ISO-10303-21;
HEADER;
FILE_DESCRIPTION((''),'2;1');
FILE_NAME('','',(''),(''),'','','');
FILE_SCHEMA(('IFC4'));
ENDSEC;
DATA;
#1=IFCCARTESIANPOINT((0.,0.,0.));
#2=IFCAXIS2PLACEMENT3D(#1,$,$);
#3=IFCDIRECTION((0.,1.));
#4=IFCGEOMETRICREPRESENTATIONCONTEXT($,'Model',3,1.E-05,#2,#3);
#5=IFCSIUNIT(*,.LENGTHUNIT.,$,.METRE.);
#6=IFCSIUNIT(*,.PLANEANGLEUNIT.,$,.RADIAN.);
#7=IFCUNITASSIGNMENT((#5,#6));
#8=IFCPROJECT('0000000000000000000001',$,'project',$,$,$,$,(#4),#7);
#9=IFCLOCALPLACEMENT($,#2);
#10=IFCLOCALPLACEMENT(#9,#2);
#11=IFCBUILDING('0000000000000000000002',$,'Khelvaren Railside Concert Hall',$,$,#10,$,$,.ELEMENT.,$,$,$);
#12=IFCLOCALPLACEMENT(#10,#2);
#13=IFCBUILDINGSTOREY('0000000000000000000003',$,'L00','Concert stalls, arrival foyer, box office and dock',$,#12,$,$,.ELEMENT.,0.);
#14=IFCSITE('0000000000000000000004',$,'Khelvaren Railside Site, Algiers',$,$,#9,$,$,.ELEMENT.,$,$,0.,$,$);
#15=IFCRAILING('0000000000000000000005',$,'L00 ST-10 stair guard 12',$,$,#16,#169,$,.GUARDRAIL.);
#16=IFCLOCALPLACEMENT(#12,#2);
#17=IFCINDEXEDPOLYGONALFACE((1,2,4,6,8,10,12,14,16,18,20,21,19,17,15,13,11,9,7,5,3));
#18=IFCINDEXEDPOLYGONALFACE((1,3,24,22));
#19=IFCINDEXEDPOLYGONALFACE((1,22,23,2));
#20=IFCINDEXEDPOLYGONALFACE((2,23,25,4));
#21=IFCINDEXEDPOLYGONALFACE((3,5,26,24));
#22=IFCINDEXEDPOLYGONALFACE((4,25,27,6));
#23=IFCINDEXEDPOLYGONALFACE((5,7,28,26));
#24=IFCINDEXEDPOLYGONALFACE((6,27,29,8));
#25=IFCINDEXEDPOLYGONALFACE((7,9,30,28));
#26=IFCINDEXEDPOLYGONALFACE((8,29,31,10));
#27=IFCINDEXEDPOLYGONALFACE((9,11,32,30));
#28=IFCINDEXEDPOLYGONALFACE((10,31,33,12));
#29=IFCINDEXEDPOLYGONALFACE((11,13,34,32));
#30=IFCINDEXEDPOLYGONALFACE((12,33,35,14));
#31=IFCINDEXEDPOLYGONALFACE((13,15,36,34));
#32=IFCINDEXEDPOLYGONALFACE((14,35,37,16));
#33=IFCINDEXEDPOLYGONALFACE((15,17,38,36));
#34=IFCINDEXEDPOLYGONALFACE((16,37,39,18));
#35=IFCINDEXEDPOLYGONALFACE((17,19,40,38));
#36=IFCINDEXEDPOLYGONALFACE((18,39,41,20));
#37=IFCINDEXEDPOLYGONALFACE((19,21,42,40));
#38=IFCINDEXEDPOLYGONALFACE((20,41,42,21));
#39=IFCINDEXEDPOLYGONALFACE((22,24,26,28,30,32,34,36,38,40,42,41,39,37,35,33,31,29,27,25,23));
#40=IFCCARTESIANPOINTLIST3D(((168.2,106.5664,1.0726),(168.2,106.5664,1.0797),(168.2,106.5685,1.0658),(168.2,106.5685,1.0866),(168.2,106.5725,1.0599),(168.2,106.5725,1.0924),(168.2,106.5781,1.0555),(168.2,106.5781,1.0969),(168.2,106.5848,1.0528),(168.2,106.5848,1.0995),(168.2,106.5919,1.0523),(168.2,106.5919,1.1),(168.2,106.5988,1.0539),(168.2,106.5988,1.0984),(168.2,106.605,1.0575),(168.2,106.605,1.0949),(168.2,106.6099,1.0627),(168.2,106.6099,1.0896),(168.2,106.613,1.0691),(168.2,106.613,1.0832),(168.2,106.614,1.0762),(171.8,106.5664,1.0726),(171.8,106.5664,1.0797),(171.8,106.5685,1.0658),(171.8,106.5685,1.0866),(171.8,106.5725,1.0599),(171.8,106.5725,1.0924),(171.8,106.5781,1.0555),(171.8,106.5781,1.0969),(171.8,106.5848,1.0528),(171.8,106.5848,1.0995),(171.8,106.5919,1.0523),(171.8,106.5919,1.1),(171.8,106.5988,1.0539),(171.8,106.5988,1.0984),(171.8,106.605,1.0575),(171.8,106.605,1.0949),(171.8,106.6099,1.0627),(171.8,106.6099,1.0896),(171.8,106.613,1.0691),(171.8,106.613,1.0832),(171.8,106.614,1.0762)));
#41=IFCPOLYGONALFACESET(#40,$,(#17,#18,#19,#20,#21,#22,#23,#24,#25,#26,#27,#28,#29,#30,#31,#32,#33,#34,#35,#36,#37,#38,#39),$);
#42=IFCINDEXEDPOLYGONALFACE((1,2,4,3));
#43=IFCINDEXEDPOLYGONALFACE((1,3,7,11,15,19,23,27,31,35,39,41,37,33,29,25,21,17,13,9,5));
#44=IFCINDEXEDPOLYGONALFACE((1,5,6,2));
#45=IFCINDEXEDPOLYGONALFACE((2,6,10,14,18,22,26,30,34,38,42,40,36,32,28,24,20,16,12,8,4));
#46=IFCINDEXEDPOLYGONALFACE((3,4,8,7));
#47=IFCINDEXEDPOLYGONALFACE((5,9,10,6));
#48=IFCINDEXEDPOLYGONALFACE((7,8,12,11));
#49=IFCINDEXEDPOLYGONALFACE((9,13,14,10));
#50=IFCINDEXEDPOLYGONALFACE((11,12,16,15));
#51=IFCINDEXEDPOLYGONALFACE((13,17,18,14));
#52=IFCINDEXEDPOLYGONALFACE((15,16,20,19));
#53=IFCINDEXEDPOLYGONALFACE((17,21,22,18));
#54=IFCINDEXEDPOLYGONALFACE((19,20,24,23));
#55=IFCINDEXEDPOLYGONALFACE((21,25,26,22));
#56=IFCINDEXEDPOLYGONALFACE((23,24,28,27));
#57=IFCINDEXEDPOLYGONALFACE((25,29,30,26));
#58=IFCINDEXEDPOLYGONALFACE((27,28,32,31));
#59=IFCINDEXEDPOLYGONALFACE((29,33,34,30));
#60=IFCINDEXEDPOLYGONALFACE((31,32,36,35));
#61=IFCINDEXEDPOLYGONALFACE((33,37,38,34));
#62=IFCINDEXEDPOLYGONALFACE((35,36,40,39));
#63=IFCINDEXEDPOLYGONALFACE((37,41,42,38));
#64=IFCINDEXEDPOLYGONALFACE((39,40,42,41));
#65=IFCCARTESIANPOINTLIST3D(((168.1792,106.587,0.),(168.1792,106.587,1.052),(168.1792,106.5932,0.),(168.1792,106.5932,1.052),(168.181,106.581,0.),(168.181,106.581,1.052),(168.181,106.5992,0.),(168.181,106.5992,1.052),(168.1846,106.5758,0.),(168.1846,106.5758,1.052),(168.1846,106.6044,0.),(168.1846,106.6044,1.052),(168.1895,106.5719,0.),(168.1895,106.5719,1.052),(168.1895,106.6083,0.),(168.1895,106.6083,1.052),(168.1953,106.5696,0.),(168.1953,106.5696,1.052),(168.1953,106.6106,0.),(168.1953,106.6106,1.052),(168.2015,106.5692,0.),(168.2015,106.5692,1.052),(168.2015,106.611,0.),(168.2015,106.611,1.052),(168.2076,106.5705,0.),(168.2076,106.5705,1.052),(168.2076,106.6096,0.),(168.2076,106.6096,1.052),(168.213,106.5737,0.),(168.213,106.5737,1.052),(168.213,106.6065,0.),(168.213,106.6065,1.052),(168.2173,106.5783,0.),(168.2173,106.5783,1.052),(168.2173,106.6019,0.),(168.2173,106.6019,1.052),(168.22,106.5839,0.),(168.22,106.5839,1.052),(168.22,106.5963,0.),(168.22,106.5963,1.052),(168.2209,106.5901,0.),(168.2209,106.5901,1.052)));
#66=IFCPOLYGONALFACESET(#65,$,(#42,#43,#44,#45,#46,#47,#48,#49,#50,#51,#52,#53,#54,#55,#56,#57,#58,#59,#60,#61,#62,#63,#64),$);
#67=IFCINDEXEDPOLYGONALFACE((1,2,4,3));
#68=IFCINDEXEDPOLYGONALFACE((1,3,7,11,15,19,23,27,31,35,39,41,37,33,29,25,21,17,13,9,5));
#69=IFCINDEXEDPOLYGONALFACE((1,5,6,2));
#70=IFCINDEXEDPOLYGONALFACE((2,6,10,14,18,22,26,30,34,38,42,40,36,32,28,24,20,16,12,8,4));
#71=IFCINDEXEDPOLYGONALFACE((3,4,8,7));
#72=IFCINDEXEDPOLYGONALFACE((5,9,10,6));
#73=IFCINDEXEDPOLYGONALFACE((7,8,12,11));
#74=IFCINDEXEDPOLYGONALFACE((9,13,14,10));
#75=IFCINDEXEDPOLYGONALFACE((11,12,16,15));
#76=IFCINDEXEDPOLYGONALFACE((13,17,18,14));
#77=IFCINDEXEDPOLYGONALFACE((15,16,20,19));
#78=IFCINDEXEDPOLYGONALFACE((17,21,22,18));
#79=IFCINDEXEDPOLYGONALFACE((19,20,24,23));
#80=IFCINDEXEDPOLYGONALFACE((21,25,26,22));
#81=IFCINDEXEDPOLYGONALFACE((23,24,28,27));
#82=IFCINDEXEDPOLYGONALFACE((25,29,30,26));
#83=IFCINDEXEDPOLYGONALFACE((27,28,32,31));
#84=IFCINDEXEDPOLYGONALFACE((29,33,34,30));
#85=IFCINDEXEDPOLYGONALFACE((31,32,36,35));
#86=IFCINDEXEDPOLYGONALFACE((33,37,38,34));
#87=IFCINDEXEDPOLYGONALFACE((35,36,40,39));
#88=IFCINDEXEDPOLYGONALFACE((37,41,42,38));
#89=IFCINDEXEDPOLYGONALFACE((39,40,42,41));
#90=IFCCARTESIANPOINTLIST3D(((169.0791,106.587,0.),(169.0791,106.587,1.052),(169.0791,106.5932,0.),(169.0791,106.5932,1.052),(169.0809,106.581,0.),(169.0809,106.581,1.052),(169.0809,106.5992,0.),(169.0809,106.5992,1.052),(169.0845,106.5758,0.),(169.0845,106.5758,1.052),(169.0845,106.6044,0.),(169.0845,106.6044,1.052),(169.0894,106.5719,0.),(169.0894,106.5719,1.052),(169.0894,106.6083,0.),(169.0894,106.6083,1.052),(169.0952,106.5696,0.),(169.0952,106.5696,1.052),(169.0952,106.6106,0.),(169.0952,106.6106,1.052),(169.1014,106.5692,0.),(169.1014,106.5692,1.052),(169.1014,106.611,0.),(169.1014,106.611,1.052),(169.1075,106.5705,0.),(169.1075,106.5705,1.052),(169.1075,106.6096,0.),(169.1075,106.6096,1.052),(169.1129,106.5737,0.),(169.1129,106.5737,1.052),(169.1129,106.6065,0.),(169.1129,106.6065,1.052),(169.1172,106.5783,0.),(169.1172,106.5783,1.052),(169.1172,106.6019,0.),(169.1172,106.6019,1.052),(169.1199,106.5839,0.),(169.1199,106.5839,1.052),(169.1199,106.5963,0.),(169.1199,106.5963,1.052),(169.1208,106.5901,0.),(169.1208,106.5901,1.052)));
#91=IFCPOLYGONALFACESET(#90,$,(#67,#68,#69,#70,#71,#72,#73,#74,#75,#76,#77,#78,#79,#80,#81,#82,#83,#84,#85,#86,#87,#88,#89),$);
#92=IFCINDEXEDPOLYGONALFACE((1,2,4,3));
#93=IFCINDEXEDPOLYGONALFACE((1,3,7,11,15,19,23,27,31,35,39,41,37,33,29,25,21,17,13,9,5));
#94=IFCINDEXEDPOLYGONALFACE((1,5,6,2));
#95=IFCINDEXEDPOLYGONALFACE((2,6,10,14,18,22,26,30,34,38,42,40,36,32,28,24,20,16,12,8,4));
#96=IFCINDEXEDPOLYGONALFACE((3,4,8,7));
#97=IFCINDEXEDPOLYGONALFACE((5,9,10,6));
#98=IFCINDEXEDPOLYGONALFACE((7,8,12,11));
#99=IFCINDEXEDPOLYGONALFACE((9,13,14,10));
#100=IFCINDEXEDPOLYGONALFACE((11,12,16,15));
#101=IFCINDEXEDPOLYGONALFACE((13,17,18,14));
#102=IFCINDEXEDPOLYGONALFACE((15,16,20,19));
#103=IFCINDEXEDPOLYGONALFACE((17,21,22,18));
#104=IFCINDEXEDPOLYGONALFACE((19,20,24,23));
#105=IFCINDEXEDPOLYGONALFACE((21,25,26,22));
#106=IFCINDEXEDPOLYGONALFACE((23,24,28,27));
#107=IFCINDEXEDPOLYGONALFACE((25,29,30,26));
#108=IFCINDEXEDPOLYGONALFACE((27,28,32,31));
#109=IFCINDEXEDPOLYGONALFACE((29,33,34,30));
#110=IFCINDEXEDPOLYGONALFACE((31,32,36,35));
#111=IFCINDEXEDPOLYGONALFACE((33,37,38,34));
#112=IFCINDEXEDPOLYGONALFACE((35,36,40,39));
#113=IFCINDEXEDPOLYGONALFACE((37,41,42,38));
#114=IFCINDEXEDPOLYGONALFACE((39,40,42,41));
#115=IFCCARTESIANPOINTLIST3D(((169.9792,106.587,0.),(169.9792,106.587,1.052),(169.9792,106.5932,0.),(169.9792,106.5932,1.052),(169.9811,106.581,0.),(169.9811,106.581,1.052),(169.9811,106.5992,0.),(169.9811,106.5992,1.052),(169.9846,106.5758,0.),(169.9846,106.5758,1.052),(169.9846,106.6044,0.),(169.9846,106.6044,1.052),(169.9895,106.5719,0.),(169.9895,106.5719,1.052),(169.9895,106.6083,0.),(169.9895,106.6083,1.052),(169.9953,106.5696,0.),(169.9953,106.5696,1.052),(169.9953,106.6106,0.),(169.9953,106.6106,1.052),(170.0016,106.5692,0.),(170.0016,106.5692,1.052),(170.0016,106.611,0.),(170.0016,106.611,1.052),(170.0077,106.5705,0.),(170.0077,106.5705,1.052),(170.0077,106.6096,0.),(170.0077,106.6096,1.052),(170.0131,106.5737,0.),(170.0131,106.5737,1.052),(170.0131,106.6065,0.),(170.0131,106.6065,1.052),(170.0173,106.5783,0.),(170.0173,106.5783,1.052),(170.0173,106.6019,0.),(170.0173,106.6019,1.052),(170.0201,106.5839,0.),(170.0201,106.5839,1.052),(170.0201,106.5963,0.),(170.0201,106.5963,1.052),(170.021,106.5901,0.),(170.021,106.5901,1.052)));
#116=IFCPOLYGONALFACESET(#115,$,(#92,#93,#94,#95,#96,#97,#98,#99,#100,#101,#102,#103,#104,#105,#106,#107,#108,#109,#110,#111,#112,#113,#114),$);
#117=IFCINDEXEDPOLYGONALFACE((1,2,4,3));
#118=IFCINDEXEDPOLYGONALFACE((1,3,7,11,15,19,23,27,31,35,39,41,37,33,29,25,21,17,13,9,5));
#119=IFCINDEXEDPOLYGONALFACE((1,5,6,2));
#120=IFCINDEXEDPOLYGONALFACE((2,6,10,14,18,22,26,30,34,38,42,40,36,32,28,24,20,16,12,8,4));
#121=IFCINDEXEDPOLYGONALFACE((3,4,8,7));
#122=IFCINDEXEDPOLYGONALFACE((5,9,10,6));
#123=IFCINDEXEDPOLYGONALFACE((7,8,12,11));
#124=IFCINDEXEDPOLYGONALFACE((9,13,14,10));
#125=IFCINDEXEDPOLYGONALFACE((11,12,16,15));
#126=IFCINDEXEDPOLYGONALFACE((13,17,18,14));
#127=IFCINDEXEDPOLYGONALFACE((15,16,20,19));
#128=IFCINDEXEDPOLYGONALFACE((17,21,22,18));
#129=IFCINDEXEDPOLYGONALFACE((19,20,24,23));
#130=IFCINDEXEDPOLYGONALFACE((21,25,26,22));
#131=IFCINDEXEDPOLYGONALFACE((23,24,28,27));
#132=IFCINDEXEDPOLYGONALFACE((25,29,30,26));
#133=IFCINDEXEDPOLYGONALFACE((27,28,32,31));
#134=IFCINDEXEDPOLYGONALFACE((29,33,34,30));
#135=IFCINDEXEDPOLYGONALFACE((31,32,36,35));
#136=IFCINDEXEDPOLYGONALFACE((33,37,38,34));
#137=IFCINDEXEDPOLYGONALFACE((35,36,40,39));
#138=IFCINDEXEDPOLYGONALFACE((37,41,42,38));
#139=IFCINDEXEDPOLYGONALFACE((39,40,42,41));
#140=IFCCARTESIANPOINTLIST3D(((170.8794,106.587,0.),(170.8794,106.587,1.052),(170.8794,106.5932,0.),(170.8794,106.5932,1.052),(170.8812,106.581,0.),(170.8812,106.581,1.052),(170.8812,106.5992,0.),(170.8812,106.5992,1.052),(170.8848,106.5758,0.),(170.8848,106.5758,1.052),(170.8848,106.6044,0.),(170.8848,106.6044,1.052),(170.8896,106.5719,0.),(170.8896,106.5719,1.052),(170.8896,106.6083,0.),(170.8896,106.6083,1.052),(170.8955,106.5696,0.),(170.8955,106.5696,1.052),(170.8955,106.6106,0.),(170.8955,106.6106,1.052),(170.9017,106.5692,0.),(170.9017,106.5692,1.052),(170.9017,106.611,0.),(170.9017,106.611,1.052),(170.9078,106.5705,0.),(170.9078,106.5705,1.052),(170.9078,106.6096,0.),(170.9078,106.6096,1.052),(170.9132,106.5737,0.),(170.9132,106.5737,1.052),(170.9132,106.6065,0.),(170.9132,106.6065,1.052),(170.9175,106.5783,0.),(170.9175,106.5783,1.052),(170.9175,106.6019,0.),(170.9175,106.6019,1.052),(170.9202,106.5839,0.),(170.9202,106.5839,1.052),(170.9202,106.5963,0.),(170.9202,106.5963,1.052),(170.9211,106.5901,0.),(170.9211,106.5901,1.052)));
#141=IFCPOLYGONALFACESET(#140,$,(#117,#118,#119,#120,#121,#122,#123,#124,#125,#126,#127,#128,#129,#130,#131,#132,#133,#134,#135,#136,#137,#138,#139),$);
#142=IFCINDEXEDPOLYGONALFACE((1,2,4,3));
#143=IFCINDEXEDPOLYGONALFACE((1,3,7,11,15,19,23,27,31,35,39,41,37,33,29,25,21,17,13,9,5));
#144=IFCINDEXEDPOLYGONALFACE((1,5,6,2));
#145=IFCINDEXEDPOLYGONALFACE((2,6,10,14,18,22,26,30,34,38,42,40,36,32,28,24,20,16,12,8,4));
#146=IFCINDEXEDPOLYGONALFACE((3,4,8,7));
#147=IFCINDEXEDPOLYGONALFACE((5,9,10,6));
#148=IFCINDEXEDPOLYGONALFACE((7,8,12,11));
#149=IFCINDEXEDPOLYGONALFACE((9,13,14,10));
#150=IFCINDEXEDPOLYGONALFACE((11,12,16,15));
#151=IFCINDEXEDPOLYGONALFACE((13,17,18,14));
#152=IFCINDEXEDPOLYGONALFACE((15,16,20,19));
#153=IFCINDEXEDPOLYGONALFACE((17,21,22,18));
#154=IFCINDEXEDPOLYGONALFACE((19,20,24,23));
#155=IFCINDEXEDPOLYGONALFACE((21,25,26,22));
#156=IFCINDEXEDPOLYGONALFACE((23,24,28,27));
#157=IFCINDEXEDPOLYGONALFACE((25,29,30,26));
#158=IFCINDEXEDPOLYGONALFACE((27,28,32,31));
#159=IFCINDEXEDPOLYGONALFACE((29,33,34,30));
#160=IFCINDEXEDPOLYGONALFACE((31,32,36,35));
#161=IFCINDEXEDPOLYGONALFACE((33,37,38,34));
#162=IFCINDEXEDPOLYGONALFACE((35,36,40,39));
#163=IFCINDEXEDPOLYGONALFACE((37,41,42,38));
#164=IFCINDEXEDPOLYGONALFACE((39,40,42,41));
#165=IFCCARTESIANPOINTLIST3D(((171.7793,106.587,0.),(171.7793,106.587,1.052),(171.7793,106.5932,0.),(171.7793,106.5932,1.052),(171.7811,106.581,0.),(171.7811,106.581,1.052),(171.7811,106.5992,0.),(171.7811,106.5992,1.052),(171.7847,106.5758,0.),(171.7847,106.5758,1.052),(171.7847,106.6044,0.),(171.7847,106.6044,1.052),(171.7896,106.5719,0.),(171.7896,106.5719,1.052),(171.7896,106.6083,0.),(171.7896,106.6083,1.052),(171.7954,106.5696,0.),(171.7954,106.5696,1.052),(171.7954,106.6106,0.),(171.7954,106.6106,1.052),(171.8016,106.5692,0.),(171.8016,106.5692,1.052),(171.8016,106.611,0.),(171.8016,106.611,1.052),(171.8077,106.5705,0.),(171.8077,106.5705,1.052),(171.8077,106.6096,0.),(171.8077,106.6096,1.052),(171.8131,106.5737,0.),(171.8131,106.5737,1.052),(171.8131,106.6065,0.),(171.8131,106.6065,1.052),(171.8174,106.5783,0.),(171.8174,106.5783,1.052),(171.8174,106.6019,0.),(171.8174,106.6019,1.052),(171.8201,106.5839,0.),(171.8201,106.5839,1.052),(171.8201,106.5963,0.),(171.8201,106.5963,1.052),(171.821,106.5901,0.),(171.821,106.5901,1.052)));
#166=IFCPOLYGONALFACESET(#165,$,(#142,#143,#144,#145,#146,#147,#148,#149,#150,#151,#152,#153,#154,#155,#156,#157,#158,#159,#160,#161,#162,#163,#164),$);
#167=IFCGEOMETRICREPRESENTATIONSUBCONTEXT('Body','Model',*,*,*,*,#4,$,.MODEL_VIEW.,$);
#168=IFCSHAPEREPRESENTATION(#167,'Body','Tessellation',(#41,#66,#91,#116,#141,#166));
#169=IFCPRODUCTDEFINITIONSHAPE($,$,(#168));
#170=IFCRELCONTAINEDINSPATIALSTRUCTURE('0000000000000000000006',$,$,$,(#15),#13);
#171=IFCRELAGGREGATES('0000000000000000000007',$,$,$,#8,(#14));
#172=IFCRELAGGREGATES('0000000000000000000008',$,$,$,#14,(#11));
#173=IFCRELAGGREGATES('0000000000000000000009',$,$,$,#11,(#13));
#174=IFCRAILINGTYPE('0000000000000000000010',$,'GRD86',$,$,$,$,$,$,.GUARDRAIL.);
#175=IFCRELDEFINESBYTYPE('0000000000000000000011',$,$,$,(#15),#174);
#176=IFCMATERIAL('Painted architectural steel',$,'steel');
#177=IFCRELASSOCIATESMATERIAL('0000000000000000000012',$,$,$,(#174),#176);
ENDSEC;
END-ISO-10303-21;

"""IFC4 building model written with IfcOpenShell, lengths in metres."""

from ifc_helpers import new_model, si_unit, direction, frame, origin, origin_2d, place, context, subcontext, project, spatial, circle, extrude, material, type_object, element, save


model = new_model("IFC4")

# Units and contexts
model_context = context("Model", 3, precision=1e-05, world=origin(), true_north=direction((0.0, 1.0)))
body_context = subcontext(model_context, "Body", "Model", "MODEL_VIEW")
ifc_project = project(units=[si_unit("LENGTHUNIT", "METRE"), si_unit("PLANEANGLEUNIT", "RADIAN")], contexts=[model_context])

# Site, building, storey
site_placement = place(None, origin())
site = spatial("IfcSite", under=ifc_project, at=site_placement, Name="Khelvaren Railside Site, Algiers", CompositionType="ELEMENT", RefElevation=0.0)
building_placement = place(site_placement, origin())
building = spatial("IfcBuilding", under=site, at=building_placement, Name="Khelvaren Railside Concert Hall", CompositionType="ELEMENT")
storey_placement = place(building_placement, origin())
storey = spatial("IfcBuildingStorey", under=building, at=storey_placement, Name="L00", Description="Concert stalls, arrival foyer, box office and dock", CompositionType="ELEMENT", Elevation=0.0)

# Railing
ifc_material_1 = material(Name="Painted architectural steel", Category="steel")
railing_type = type_object("IfcRailingType", Name="GRD86", PredefinedType="GUARDRAIL", material=ifc_material_1)
railing_1_placement = place(storey_placement, frame((168.2, 106.5901, 0.0)))
element("IfcRailing", 1, at=railing_1_placement, inside=storey, type_object=railing_type, Name="L00 ST-10 stair guard 12", PredefinedType="GUARDRAIL", context=body_context, shape_type="SweptSolid", body=[
    extrude(circle(Radius=0.0239, at=origin_2d()), frame((0.0, 0.0, 1.0762), z_axis=(1.0, 0.0, 0.0), x_axis=(0.0, 1.0, 0.0)), (0.0, 0.0, 1.0), 3.6001),
    extrude(circle(Radius=0.021, at=origin_2d()), origin(), (0.0, 0.0, 1.0), 1.052),
    extrude(circle(Radius=0.021, at=origin_2d()), frame((0.8999, 0.0, 0.0)), (0.0, 0.0, 1.0), 1.052),
    extrude(circle(Radius=0.021, at=origin_2d()), frame((1.8, 0.0, 0.0)), (0.0, 0.0, 1.0), 1.052),
    extrude(circle(Radius=0.021, at=origin_2d()), frame((2.7002, 0.0, 0.0)), (0.0, 0.0, 1.0), 1.052),
    extrude(circle(Radius=0.021, at=origin_2d()), frame((3.6001, 0.0, 0.0)), (0.0, 0.0, 1.0), 1.052),
])

save(model, "model.ifc")
